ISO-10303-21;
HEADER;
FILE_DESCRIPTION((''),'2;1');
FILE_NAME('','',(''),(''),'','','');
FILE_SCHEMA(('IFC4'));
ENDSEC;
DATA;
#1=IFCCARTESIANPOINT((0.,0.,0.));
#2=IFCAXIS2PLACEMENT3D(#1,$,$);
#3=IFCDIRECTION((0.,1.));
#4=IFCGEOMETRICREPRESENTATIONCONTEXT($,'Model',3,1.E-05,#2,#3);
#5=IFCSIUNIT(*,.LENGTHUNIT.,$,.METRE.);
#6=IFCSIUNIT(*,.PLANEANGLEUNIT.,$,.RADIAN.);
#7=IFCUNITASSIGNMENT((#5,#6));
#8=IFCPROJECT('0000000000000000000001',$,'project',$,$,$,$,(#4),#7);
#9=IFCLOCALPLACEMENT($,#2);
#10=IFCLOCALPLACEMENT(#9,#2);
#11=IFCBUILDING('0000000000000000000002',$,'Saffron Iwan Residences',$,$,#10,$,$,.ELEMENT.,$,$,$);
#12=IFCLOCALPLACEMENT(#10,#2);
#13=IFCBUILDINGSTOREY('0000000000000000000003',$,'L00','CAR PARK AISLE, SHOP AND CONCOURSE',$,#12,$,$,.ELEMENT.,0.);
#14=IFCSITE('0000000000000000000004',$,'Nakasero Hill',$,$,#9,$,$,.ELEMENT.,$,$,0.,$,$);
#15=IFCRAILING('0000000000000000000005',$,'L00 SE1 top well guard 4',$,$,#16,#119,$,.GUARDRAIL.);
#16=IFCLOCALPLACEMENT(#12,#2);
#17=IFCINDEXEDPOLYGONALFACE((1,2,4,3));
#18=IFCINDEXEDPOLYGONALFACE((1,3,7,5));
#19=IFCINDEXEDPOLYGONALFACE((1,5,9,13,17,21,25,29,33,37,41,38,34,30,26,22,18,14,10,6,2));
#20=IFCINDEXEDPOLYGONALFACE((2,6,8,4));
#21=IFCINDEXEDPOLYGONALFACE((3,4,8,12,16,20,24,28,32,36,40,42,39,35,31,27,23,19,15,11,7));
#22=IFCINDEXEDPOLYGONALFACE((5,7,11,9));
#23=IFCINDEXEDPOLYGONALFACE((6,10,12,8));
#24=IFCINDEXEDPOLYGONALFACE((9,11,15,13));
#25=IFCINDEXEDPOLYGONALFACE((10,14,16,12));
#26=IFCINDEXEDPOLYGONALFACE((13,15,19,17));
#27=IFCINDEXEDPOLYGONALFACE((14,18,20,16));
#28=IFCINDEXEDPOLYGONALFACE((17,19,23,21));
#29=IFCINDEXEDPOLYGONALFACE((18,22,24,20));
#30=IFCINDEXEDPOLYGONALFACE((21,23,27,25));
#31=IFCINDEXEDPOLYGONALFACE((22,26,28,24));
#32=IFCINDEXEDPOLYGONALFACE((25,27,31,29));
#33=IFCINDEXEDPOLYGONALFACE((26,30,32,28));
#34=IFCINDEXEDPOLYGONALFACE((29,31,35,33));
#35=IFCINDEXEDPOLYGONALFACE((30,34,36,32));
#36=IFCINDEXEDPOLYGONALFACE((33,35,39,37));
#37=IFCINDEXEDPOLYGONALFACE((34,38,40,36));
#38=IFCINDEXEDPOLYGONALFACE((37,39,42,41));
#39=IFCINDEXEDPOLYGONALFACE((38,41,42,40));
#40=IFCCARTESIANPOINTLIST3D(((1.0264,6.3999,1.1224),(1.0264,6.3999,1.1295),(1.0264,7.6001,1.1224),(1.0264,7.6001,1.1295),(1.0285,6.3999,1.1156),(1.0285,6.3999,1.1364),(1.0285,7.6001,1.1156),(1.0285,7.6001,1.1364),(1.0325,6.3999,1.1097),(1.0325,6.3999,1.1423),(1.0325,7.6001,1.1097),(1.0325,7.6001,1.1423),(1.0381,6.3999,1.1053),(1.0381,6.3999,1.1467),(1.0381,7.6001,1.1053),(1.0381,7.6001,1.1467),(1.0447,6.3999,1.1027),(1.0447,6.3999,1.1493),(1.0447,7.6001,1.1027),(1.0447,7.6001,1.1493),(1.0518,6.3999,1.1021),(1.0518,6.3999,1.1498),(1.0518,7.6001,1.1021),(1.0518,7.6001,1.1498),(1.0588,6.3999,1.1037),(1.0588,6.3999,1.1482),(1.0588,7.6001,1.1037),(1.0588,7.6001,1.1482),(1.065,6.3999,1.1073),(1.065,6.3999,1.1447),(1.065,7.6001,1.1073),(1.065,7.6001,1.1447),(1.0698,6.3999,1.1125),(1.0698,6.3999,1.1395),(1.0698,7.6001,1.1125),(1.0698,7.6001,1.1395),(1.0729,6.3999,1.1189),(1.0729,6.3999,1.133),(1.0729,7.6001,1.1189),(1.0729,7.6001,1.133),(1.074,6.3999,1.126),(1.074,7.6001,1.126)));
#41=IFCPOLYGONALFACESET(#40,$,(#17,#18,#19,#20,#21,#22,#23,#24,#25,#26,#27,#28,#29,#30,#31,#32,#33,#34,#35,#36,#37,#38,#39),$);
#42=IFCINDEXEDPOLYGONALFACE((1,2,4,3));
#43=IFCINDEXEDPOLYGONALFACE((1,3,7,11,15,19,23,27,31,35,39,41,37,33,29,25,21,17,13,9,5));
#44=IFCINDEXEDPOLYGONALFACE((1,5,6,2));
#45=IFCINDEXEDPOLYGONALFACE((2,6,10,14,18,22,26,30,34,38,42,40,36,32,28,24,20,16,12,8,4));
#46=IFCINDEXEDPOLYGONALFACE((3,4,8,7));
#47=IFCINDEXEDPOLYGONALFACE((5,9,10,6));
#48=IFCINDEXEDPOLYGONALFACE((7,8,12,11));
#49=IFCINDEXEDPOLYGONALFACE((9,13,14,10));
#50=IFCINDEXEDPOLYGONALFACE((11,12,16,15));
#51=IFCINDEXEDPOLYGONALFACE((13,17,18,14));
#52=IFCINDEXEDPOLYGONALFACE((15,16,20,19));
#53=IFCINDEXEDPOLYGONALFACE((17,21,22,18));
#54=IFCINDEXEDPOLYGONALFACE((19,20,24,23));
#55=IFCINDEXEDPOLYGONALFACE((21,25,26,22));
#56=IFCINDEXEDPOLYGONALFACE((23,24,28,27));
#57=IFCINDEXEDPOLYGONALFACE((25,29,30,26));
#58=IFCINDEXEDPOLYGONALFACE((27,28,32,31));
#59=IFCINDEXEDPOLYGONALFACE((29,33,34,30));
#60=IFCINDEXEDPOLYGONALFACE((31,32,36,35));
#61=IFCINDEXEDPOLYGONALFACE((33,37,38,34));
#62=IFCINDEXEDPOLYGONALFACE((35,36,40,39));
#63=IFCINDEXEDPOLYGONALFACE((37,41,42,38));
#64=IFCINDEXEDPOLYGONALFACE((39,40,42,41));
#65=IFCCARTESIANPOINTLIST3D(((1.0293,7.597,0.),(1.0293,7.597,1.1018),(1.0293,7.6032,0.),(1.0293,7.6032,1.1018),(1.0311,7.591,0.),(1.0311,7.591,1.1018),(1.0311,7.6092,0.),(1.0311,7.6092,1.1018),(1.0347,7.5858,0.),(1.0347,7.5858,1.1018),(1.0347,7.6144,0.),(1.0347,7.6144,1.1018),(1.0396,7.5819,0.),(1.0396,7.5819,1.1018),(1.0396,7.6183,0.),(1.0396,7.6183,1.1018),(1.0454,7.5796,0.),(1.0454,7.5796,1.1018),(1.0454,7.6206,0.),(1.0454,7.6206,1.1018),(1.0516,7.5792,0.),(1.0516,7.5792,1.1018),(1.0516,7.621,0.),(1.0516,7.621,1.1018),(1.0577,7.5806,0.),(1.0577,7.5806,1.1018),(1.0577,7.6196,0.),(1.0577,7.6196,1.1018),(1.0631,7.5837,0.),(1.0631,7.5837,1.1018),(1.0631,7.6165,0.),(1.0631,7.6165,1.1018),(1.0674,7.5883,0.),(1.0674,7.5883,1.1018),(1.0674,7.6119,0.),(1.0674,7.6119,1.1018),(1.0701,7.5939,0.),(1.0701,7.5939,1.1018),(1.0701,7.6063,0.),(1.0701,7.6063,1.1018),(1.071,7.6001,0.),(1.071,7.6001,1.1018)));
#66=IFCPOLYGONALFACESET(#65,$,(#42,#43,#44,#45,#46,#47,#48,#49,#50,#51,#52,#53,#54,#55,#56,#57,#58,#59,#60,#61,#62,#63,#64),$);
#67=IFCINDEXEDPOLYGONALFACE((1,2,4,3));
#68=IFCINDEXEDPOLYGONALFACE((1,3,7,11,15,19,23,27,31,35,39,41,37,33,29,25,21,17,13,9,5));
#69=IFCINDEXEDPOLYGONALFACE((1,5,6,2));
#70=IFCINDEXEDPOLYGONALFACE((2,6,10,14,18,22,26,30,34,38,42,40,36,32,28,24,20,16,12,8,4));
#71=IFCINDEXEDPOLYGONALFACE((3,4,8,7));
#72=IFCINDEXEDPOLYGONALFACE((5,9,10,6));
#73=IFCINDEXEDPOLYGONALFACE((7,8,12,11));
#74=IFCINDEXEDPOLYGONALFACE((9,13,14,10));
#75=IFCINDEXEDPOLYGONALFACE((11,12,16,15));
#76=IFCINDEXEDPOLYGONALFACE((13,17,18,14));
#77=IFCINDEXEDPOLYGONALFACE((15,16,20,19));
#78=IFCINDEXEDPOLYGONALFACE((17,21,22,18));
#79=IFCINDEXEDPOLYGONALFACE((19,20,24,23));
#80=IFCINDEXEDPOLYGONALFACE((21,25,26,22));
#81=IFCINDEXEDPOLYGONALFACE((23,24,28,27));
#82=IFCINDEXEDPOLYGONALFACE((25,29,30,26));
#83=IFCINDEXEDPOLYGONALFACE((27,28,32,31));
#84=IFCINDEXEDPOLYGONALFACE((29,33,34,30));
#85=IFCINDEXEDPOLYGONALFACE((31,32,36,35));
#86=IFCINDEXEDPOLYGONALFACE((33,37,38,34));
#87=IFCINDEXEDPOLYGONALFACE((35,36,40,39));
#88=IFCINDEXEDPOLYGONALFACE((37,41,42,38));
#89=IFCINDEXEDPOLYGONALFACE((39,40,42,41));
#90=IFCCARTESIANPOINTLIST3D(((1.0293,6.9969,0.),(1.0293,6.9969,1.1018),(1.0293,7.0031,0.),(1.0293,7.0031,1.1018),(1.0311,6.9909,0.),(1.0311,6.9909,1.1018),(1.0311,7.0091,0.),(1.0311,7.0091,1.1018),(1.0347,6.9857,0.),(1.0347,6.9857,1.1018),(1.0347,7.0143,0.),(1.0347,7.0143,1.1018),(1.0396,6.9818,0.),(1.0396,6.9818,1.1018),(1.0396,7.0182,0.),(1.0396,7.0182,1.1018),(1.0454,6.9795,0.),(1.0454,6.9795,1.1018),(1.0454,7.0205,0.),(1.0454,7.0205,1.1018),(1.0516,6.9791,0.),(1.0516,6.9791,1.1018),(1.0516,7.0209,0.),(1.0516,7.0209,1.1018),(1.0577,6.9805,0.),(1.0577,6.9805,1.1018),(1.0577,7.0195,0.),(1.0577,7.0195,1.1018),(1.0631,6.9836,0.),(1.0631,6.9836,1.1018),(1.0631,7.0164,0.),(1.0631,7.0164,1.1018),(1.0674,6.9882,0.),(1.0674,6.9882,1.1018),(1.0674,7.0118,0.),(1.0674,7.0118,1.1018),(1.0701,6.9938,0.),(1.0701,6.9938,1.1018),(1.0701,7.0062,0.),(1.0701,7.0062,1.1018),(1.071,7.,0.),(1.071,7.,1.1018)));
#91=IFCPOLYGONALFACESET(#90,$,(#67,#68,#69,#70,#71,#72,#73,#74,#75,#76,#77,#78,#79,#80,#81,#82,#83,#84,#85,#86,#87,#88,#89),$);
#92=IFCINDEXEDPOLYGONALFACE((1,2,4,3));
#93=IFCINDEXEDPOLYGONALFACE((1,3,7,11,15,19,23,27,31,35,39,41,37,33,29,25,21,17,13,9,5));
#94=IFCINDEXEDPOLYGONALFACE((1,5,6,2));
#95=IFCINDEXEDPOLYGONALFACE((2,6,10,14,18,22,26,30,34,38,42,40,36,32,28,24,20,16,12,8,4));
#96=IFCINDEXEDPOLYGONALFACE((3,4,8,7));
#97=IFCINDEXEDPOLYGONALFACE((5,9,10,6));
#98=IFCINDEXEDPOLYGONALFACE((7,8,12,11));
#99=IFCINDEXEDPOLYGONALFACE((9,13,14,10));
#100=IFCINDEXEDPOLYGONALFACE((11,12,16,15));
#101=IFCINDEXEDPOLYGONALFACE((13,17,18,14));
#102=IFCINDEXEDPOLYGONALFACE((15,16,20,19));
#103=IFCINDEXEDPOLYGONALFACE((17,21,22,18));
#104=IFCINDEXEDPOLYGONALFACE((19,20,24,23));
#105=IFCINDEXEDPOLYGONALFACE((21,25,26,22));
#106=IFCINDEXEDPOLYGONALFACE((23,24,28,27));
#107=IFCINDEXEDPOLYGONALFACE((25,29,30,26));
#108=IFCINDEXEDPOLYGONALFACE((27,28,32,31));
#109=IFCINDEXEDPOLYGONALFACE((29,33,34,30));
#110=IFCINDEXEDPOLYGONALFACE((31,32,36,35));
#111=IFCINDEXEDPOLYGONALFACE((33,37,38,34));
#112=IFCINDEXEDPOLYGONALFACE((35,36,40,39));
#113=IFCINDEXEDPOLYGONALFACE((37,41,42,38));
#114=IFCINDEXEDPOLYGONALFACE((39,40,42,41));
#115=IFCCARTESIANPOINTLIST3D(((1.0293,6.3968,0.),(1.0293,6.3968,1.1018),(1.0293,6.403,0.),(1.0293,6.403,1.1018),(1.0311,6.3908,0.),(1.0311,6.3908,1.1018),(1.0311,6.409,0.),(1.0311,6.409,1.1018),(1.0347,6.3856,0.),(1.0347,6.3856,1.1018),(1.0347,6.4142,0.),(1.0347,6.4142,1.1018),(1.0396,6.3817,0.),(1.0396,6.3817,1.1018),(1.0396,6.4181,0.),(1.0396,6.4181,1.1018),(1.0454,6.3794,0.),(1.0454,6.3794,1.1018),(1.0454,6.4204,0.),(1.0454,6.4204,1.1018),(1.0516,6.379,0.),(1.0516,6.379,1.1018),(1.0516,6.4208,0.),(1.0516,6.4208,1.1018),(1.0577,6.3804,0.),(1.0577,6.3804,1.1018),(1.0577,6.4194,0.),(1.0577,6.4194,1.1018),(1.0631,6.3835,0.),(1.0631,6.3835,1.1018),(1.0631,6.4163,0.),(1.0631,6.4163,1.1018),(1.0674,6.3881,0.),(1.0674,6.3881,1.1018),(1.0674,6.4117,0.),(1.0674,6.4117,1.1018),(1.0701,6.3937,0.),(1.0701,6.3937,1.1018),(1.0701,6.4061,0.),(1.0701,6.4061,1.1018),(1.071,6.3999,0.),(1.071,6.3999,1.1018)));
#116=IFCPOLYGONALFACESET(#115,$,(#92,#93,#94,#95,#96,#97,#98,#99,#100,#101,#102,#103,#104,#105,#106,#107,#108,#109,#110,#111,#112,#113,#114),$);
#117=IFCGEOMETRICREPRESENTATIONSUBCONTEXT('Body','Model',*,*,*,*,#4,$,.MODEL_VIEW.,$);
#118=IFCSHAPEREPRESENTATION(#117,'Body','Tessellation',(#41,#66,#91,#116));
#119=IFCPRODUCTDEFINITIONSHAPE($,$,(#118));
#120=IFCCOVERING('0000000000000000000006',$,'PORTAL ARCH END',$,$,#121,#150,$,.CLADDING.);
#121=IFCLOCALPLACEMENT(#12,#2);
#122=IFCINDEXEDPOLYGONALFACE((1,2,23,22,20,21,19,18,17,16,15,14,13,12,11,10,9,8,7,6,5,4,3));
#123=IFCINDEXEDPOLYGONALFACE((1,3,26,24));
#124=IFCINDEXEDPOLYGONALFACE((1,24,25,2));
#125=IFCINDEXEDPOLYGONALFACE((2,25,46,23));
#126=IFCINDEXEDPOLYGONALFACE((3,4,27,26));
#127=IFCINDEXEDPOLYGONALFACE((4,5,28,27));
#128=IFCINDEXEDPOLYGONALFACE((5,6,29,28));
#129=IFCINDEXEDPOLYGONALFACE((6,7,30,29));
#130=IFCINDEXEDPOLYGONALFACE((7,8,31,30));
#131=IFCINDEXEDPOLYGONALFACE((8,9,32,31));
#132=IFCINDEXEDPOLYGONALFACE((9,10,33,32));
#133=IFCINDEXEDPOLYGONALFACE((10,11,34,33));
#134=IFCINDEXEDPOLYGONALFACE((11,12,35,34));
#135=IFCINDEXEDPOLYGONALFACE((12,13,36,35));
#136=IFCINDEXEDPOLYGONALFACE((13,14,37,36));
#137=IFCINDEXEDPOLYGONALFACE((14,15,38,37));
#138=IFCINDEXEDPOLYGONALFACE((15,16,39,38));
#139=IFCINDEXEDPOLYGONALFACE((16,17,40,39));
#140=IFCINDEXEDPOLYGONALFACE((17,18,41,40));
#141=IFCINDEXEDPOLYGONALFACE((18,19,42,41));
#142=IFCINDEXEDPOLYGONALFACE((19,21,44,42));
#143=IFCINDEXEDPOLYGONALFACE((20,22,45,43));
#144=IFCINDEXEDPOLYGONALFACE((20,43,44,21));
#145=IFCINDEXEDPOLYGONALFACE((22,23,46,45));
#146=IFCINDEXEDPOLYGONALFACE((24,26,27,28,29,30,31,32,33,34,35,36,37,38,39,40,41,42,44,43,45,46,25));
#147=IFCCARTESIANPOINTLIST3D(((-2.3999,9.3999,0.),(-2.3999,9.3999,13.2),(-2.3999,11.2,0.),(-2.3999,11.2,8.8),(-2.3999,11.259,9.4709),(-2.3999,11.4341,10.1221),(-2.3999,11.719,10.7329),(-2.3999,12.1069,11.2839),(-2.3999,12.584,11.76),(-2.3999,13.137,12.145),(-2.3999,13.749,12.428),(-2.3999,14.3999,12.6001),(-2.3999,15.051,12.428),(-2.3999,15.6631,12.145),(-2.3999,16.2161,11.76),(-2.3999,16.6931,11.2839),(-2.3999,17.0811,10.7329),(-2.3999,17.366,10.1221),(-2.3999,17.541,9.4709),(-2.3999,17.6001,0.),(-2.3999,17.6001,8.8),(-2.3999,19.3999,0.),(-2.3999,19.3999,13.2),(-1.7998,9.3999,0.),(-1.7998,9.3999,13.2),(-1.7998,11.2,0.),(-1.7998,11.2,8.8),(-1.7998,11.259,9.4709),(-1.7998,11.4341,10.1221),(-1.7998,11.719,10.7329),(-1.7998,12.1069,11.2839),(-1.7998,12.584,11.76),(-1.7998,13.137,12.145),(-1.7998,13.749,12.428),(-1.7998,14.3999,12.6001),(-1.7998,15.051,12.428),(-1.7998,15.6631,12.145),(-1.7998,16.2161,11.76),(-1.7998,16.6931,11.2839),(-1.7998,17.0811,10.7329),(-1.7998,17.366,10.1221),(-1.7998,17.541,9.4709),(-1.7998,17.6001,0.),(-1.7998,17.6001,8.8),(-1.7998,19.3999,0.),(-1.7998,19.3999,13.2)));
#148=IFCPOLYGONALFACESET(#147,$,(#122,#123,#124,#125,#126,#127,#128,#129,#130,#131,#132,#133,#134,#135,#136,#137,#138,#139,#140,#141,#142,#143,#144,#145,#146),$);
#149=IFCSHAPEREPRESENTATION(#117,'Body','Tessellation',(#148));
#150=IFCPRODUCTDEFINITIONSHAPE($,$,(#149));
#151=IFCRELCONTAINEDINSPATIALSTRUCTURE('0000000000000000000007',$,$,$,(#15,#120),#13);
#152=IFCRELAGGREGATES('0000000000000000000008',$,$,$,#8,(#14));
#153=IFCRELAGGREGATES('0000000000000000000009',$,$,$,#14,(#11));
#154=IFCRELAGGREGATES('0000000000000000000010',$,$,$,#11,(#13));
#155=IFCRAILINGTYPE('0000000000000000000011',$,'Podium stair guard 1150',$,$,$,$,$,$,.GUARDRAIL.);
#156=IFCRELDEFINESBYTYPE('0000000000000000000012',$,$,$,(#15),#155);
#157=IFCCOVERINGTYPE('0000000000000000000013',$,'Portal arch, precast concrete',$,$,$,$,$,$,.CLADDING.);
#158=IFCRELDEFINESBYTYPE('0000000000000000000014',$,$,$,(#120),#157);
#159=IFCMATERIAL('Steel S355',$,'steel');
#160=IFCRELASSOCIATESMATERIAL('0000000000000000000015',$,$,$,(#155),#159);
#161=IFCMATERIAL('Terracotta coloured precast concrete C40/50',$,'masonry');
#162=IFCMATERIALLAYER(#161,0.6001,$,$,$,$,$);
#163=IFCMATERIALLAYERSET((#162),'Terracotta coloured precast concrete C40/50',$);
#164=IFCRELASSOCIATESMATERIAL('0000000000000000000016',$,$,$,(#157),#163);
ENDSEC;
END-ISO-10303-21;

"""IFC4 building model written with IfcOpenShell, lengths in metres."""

from ifc_helpers import new_model, si_unit, direction, frame, origin, origin_2d, place, context, subcontext, project, spatial, polyline, circle, outline, extrude, material, layer, layer_set, type_object, element, save


model = new_model("IFC4")

# Units and contexts
model_context = context("Model", 3, precision=1e-05, world=origin(), true_north=direction((0.0, 1.0)))
body_context = subcontext(model_context, "Body", "Model", "MODEL_VIEW")
ifc_project = project(units=[si_unit("LENGTHUNIT", "METRE"), si_unit("PLANEANGLEUNIT", "RADIAN")], contexts=[model_context])

# Site, building, storey
site_placement = place(None, origin())
site = spatial("IfcSite", under=ifc_project, at=site_placement, Name="Nakasero Hill", CompositionType="ELEMENT", RefElevation=0.0)
building_placement = place(site_placement, origin())
building = spatial("IfcBuilding", under=site, at=building_placement, Name="Saffron Iwan Residences", CompositionType="ELEMENT")
storey_placement = place(building_placement, origin())
storey = spatial("IfcBuildingStorey", under=building, at=storey_placement, Name="L00", Description="CAR PARK AISLE, SHOP AND CONCOURSE", CompositionType="ELEMENT", Elevation=0.0)

# Railing
ifc_material_1 = material(Name="Steel S355", Category="steel")
railing_type = type_object("IfcRailingType", Name="Podium stair guard 1150", PredefinedType="GUARDRAIL", material=ifc_material_1)
railing_1_placement = place(storey_placement, frame((1.05, 7.6001, 0.0)))
element("IfcRailing", 1, at=railing_1_placement, inside=storey, type_object=railing_type, Name="L00 SE1 top well guard 4", PredefinedType="GUARDRAIL", context=body_context, shape_type="SweptSolid", body=[
    extrude(circle(Radius=0.0239, at=origin_2d()), frame((0.0, 0.0, 1.126), z_axis=(0.0, -1.0, 0.0), x_axis=(1.0, 0.0, 0.0)), (0.0, 0.0, 1.0), 1.2002),
    extrude(circle(Radius=0.021, at=origin_2d()), origin(), (0.0, 0.0, 1.0), 1.1018),
    extrude(circle(Radius=0.021, at=origin_2d()), frame((0.0, -0.6001, 0.0)), (0.0, 0.0, 1.0), 1.1018),
    extrude(circle(Radius=0.021, at=origin_2d()), frame((0.0, -1.2002, 0.0)), (0.0, 0.0, 1.0), 1.1018),
])

# Covering
ifc_material_2 = material(Name="Terracotta coloured precast concrete C40/50", Category="masonry")
ifc_layer_1 = layer(ifc_material_2, 0.6001)
ifc_layer_set_1 = layer_set([ifc_layer_1], Name="Terracotta coloured precast concrete C40/50")
covering_type = type_object("IfcCoveringType", Name="Portal arch, precast concrete", PredefinedType="CLADDING", material=ifc_layer_set_1)
covering_placement = place(storey_placement, frame((-2.3999, 9.3999, 0.0), z_axis=(-1.0, 0.0, 0.0), x_axis=(0.0, 0.0, 1.0)))
element("IfcCovering", 2, at=covering_placement, inside=storey, type_object=covering_type, Name="PORTAL ARCH END", PredefinedType="CLADDING", context=body_context, shape_type="SweptSolid", body=[
    extrude(outline(polyline([(0.0, 0.0), (13.2, 0.0), (13.2, 10.0), (0.0, 10.0), (0.0, 8.2002), (8.8, 8.2002), (9.4709, 8.1411), (10.1221, 7.9661), (10.7329, 7.6812), (11.2839, 7.2932), (11.76, 6.8162), (12.145, 6.2632), (12.428, 5.6511), (12.6001, 5.0), (12.428, 4.3491), (12.145, 3.7371), (11.76, 3.1841), (11.2839, 2.707), (10.7329, 2.3191), (10.1221, 2.0342), (9.4709, 1.8591), (8.8, 1.8), (0.0, 1.8), (0.0, 0.0)])), origin(), (0.0, 0.0, -1.0), 0.6001),
])

save(model, "model.ifc")
